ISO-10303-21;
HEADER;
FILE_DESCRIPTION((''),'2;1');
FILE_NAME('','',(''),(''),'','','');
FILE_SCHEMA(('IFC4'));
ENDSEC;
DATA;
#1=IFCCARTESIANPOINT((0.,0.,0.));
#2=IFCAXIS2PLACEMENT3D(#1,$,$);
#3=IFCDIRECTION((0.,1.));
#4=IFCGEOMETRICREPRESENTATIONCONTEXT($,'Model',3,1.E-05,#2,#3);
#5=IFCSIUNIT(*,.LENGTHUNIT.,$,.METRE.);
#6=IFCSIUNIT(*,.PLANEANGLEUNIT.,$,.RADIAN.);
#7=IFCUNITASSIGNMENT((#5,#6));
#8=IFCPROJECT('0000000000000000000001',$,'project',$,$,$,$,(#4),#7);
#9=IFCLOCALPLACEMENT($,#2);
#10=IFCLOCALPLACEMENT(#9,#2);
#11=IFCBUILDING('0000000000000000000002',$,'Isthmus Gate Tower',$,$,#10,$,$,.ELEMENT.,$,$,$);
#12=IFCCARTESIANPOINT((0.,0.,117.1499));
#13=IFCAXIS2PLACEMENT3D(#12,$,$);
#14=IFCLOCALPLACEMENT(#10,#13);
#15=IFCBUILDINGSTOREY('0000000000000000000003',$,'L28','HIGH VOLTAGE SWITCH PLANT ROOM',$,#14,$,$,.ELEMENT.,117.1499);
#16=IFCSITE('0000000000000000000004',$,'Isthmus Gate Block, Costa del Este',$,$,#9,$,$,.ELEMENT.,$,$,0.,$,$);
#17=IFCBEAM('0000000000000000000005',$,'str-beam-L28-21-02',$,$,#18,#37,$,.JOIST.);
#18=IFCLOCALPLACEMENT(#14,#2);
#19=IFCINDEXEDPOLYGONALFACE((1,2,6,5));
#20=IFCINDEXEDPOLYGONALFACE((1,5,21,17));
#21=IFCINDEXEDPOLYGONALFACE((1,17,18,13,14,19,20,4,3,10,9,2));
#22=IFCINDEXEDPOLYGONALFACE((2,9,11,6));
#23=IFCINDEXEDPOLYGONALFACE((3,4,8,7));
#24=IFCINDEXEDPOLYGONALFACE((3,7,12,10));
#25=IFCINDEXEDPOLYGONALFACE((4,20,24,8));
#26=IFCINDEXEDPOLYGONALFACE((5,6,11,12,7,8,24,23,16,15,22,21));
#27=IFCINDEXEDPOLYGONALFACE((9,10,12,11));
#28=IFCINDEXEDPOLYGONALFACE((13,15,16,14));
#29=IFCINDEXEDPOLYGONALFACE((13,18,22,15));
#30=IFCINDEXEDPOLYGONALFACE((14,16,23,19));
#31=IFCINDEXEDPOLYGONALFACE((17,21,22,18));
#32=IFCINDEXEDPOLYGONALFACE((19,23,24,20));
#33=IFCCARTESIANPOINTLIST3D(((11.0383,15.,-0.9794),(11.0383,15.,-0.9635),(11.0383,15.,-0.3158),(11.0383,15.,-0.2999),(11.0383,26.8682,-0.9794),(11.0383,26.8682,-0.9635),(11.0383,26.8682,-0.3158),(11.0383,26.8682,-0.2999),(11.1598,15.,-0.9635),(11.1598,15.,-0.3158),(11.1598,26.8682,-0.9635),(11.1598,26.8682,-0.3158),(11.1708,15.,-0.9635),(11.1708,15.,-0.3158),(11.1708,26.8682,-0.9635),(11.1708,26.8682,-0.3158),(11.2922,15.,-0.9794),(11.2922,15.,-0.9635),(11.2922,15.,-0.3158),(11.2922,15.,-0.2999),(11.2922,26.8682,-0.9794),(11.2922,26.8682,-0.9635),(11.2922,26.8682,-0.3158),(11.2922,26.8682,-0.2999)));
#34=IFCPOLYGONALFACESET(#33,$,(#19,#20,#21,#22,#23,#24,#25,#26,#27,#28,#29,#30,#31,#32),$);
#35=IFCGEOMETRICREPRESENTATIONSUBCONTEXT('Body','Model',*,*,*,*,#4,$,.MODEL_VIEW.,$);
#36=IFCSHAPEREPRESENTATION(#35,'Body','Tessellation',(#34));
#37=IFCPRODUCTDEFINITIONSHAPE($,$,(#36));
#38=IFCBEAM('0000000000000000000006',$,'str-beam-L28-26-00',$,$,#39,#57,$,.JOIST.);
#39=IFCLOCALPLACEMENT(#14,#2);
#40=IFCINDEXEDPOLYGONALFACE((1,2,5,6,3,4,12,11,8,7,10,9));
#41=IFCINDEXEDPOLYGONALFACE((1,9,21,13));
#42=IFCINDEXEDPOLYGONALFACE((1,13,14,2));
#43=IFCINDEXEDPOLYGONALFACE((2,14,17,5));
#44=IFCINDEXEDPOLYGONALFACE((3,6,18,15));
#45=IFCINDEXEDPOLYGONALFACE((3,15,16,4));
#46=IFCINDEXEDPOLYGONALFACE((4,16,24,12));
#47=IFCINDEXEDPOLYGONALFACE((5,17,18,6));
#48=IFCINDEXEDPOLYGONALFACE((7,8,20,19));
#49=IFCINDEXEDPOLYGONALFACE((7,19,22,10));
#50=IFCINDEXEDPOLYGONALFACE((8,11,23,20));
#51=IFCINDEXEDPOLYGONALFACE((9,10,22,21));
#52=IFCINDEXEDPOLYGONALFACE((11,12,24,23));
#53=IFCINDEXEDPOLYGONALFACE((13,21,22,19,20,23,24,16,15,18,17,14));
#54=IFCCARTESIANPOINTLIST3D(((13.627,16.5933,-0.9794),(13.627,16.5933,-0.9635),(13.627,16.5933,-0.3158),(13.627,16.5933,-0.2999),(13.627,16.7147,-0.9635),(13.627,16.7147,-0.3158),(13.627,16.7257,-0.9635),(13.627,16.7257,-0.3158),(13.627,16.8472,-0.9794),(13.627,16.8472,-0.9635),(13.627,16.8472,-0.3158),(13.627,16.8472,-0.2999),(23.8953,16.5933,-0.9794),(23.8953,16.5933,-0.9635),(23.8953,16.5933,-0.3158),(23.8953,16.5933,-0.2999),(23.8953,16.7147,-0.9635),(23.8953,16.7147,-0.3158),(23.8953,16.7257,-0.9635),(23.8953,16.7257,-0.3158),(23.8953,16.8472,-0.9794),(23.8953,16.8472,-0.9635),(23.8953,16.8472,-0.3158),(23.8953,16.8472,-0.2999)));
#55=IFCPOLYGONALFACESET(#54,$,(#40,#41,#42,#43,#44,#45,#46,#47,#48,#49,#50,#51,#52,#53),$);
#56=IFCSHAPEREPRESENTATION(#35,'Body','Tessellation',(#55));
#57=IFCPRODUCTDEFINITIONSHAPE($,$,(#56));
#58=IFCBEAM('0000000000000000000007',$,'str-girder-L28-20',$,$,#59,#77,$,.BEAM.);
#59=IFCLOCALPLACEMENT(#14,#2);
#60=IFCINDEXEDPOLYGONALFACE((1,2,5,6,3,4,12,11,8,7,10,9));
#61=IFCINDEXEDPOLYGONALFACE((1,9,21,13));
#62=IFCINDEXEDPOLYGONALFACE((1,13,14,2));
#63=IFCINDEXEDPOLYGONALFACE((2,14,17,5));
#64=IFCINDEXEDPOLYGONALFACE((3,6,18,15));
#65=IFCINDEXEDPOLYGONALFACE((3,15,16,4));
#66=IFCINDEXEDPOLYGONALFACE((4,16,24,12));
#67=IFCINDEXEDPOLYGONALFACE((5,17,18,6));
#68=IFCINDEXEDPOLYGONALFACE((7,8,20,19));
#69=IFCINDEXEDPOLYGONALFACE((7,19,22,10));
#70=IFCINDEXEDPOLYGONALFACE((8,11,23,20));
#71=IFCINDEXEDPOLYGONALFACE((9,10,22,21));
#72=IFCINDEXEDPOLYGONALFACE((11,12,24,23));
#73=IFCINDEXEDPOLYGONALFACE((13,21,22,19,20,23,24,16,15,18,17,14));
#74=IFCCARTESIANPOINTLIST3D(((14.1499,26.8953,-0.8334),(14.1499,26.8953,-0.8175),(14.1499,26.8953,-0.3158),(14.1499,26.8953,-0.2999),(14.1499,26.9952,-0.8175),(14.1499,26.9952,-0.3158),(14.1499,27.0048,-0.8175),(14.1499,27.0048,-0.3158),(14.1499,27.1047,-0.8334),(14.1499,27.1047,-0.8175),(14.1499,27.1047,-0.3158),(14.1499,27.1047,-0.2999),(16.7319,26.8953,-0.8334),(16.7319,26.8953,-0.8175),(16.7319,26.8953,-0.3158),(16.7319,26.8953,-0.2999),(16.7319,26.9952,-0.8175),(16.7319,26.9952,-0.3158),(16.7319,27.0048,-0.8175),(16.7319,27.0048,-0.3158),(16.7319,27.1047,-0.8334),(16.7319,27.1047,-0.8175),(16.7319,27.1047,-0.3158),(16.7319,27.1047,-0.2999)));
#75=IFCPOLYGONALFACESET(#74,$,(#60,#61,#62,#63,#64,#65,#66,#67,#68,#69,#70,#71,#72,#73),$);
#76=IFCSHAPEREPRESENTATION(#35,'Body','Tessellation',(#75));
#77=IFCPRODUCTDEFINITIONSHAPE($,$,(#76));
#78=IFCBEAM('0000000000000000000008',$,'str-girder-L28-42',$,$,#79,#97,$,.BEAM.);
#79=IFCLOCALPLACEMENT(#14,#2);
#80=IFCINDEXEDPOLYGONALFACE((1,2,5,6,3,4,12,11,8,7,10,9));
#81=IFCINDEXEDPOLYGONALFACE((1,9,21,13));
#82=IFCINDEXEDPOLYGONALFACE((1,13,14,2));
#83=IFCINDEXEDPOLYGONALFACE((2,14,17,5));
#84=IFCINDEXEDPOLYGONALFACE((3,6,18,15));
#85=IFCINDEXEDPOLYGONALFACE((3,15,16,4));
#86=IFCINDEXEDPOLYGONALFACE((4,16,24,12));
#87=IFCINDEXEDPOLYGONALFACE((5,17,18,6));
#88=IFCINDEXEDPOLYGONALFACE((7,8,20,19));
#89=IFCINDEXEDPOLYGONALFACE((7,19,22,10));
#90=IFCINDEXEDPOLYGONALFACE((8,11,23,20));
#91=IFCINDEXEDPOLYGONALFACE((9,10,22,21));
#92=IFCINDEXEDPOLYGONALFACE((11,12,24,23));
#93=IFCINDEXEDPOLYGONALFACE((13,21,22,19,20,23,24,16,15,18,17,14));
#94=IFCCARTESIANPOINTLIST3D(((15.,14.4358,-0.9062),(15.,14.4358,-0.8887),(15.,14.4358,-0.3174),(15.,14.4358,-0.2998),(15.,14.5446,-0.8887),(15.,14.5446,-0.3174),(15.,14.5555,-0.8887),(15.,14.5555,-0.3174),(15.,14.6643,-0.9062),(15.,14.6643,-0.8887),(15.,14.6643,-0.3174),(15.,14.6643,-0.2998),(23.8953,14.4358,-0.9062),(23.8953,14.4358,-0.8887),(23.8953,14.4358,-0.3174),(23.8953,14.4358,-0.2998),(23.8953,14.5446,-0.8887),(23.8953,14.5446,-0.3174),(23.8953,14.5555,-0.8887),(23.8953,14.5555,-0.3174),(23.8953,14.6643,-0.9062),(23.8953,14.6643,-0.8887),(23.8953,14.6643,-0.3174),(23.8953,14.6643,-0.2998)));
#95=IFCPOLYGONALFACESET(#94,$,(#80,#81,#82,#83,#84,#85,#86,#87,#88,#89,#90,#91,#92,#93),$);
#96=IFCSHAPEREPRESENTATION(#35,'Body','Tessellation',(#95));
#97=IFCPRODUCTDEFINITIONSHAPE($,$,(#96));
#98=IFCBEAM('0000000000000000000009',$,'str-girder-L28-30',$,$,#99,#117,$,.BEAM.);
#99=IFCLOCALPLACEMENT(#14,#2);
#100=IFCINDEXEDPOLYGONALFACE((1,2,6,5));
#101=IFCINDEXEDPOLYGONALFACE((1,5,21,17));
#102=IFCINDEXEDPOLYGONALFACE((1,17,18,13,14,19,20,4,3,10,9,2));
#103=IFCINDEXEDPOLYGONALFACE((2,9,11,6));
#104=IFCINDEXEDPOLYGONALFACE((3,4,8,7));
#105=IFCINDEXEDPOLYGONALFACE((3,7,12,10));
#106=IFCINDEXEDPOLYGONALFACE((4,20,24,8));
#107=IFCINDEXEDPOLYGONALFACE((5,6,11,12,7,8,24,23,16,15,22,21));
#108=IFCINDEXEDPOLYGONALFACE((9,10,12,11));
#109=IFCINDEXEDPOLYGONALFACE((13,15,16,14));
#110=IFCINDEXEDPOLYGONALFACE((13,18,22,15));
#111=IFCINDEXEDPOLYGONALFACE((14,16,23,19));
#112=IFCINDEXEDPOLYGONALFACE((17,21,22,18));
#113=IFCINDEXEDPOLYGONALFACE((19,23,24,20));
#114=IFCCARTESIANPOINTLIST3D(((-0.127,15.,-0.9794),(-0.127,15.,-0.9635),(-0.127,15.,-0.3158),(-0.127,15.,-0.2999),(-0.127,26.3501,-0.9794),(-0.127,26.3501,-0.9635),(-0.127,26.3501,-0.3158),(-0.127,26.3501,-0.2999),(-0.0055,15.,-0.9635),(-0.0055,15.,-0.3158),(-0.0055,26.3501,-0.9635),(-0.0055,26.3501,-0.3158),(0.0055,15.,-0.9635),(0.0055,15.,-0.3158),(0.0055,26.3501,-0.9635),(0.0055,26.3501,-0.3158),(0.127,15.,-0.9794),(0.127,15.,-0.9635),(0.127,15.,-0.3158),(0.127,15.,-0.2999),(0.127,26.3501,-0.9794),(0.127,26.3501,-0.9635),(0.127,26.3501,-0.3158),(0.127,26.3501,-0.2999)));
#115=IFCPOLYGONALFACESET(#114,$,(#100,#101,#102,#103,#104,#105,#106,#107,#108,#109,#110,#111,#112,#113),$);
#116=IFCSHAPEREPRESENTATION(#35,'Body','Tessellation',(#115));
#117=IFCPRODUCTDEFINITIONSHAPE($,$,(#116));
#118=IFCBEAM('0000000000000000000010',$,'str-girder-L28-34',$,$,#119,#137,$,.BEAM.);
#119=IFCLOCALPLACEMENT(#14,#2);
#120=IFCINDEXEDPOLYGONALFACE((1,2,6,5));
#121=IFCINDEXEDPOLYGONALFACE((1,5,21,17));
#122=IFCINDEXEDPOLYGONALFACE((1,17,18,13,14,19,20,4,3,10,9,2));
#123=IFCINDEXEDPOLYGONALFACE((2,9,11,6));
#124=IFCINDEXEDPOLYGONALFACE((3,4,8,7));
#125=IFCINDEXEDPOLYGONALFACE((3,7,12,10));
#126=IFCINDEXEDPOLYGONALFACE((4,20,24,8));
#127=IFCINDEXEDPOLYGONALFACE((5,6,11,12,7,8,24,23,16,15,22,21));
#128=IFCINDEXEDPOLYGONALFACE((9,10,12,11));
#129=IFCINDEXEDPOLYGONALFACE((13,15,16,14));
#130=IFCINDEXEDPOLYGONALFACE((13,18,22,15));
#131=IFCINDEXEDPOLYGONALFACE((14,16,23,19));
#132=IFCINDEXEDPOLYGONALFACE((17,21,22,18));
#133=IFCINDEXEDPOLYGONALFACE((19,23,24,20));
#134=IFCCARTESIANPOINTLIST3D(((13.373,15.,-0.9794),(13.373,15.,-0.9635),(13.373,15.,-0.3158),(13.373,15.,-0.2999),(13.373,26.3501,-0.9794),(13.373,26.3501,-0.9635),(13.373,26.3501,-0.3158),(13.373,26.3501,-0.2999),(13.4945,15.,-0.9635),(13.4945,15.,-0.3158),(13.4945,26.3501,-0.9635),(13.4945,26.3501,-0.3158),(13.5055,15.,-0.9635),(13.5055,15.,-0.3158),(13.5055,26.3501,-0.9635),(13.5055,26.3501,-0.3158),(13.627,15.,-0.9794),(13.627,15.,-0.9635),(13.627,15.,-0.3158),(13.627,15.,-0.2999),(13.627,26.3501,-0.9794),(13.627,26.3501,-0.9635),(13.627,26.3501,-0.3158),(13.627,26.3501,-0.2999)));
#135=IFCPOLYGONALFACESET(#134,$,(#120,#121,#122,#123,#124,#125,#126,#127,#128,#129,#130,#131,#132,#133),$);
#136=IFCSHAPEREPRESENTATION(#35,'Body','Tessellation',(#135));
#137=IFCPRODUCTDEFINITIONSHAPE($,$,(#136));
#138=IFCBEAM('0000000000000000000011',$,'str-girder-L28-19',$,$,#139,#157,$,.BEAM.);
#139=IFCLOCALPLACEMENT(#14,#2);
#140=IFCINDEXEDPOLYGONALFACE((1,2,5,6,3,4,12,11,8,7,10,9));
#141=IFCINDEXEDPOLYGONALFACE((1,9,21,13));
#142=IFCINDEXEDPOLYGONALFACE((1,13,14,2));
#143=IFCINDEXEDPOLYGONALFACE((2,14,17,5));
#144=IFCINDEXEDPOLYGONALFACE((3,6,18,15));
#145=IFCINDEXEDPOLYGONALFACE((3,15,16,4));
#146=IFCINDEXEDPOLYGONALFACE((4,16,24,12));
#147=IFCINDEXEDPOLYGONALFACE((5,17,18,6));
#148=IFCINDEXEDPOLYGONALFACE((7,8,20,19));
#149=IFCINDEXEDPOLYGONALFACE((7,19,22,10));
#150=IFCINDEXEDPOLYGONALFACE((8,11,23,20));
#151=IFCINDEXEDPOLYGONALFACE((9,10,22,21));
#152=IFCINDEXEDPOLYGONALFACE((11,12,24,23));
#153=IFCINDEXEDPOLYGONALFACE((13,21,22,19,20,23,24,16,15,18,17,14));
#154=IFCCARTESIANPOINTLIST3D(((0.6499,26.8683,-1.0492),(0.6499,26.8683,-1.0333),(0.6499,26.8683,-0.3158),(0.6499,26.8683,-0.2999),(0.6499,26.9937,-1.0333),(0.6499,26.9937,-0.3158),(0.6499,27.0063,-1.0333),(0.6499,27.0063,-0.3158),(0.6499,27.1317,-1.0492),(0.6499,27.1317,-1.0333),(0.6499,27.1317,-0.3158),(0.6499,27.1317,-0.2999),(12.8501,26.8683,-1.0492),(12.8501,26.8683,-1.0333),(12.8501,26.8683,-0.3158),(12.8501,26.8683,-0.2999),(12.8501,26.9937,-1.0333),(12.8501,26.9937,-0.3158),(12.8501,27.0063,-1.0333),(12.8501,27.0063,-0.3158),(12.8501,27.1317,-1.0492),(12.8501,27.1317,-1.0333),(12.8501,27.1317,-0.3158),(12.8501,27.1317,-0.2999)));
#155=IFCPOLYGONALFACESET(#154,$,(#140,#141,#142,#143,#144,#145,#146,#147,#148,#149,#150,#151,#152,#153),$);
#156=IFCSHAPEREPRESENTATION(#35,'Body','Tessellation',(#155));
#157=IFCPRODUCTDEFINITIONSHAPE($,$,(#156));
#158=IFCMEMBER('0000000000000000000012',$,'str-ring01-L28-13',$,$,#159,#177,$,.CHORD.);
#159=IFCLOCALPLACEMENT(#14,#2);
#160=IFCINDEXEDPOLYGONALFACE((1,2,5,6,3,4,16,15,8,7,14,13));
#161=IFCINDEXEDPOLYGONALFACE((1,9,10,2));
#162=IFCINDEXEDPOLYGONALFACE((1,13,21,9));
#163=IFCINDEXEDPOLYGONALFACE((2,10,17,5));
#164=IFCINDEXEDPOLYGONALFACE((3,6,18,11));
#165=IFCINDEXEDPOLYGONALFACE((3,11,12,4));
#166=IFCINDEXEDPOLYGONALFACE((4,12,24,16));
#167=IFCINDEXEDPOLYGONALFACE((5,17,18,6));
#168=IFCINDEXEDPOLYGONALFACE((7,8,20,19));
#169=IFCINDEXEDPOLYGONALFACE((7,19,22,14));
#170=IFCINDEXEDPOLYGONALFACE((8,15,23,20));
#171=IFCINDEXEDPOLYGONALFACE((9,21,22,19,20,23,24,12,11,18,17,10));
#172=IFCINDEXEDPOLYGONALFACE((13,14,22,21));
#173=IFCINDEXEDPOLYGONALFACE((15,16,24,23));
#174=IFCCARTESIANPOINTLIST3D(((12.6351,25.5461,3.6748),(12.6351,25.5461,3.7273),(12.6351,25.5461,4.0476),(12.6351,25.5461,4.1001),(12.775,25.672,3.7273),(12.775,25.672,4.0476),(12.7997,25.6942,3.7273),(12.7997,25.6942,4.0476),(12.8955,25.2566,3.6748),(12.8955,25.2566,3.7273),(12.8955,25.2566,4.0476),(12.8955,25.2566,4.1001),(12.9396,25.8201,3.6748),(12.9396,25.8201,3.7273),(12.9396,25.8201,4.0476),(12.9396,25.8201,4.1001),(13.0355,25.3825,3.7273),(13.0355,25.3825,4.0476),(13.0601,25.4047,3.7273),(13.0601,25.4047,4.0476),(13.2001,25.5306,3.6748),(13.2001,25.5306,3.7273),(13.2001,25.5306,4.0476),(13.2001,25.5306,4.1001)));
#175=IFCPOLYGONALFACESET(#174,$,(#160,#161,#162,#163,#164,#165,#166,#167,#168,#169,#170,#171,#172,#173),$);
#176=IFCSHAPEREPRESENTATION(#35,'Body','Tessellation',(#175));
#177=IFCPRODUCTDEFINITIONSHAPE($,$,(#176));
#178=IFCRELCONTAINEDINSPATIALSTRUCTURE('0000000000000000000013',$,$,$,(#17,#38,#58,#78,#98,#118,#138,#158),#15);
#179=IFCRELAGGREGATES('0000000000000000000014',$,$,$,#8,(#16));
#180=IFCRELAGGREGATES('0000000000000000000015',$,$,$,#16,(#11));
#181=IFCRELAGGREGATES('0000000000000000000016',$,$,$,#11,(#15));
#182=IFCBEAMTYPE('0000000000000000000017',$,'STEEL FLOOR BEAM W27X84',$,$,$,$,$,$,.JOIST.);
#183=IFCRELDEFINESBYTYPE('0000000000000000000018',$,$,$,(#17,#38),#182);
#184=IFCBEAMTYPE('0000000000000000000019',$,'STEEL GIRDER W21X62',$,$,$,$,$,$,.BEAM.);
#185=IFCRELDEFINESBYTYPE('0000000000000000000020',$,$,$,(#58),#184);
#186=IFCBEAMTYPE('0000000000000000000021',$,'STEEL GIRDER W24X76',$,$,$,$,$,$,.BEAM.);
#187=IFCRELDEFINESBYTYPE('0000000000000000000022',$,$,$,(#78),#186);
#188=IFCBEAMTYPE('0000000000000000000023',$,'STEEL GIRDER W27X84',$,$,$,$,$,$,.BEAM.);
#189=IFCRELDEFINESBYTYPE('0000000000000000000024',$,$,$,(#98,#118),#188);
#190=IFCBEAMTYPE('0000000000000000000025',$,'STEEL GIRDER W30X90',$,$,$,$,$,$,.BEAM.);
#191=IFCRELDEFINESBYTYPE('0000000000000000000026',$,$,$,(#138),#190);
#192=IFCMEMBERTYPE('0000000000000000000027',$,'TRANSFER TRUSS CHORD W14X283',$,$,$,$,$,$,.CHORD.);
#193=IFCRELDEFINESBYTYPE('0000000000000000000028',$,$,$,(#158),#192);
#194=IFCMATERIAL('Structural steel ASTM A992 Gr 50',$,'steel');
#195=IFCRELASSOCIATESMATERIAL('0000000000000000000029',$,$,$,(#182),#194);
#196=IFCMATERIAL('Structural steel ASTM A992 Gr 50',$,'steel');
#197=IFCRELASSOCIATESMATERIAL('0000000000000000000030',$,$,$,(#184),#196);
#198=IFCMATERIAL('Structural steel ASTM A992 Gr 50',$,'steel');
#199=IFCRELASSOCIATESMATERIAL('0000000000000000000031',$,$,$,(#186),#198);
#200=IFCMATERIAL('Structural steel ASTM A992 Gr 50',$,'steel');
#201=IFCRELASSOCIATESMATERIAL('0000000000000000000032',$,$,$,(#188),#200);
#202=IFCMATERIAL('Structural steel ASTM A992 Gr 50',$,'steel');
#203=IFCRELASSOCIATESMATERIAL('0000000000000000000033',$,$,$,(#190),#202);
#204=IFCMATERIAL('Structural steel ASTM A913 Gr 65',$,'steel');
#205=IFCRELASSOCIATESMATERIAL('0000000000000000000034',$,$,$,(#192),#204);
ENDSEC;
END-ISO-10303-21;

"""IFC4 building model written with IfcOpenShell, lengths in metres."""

from ifc_helpers import new_model, si_unit, direction, frame, origin, origin_2d, place, context, subcontext, project, spatial, i_section, extrude, material, material_profile, profile_set, type_object, element, save


model = new_model("IFC4")

# Units and contexts
model_context = context("Model", 3, precision=1e-05, world=origin(), true_north=direction((0.0, 1.0)))
body_context = subcontext(model_context, "Body", "Model", "MODEL_VIEW")
ifc_project = project(units=[si_unit("LENGTHUNIT", "METRE"), si_unit("PLANEANGLEUNIT", "RADIAN")], contexts=[model_context])

# Site, building, storey
site_placement = place(None, origin())
site = spatial("IfcSite", under=ifc_project, at=site_placement, Name="Isthmus Gate Block, Costa del Este", CompositionType="ELEMENT", RefElevation=0.0)
building_placement = place(site_placement, origin())
building = spatial("IfcBuilding", under=site, at=building_placement, Name="Isthmus Gate Tower", CompositionType="ELEMENT")
storey_placement = place(building_placement, frame((0.0, 0.0, 117.1499)))
storey = spatial("IfcBuildingStorey", under=building, at=storey_placement, Name="L28", Description="HIGH VOLTAGE SWITCH PLANT ROOM", CompositionType="ELEMENT", Elevation=117.1499)

# Beams
ifc_material_1 = material(Name="Structural steel ASTM A992 Gr 50", Category="steel")
ifc_material_profile_1 = material_profile(ifc_material_1, i_section(OverallWidth=0.2539, OverallDepth=0.6794, WebThickness=0.011, FlangeThickness=0.0159, at=origin_2d()), Name="W27X84")
ifc_profile_set_1 = profile_set([ifc_material_profile_1], Name="Structural steel ASTM A992 Gr 50")
beam_type_1 = type_object("IfcBeamType", Name="STEEL FLOOR BEAM W27X84", PredefinedType="JOIST", material=ifc_profile_set_1)
for number, where, z_axis, x_axis, name in (
    (1, (11.1653, 15.0, -0.6396), (0.0, 1.0, 0.0), (-1.0, 0.0, 0.0), "str-beam-L28-21-02"),
):
    element("IfcBeam", number, at=place(storey_placement, frame(where, z_axis=z_axis, x_axis=x_axis)), inside=storey, type_object=beam_type_1, Name=name, PredefinedType="JOIST", context=body_context, shape_type="SweptSolid", body=[
        extrude(i_section(OverallWidth=0.2539, OverallDepth=0.6794, WebThickness=0.011, FlangeThickness=0.0159, at=origin_2d()), origin(), (0.0, 0.0, 1.0), 11.8682),
    ])
beam_1_placement = place(storey_placement, frame((13.627, 16.7202, -0.6396), z_axis=(1.0, 0.0, 0.0), x_axis=(0.0, 1.0, 0.0)))
element("IfcBeam", 2, at=beam_1_placement, inside=storey, type_object=beam_type_1, Name="str-beam-L28-26-00", PredefinedType="JOIST", context=body_context, shape_type="SweptSolid", body=[
    extrude(i_section(OverallWidth=0.2539, OverallDepth=0.6794, WebThickness=0.011, FlangeThickness=0.0159, at=origin_2d()), origin(), (0.0, 0.0, 1.0), 10.2683),
])
ifc_material_2 = material(Name="Structural steel ASTM A992 Gr 50", Category="steel")
ifc_material_profile_2 = material_profile(ifc_material_2, i_section(OverallWidth=0.2095, OverallDepth=0.5334, WebThickness=0.0095, FlangeThickness=0.0159, at=origin_2d()), Name="W21X62")
ifc_profile_set_2 = profile_set([ifc_material_profile_2], Name="Structural steel ASTM A992 Gr 50")
beam_type_2 = type_object("IfcBeamType", Name="STEEL GIRDER W21X62", PredefinedType="BEAM", material=ifc_profile_set_2)
beam_2_placement = place(storey_placement, frame((14.1499, 27.0, -0.5667), z_axis=(1.0, 0.0, 0.0), x_axis=(0.0, 1.0, 0.0)))
element("IfcBeam", 3, at=beam_2_placement, inside=storey, type_object=beam_type_2, Name="str-girder-L28-20", PredefinedType="BEAM", context=body_context, shape_type="SweptSolid", body=[
    extrude(i_section(OverallWidth=0.2095, OverallDepth=0.5334, WebThickness=0.0095, FlangeThickness=0.0159, at=origin_2d()), origin(), (0.0, 0.0, 1.0), 2.582),
])
ifc_material_3 = material(Name="Structural steel ASTM A992 Gr 50", Category="steel")
ifc_material_profile_3 = material_profile(ifc_material_3, i_section(OverallWidth=0.2285, OverallDepth=0.6064, WebThickness=0.011, FlangeThickness=0.0176, at=origin_2d()), Name="W24X76")
ifc_profile_set_3 = profile_set([ifc_material_profile_3], Name="Structural steel ASTM A992 Gr 50")
beam_type_3 = type_object("IfcBeamType", Name="STEEL GIRDER W24X76", PredefinedType="BEAM", material=ifc_profile_set_3)
beam_3_placement = place(storey_placement, frame((15.0, 14.55, -0.603), z_axis=(1.0, 0.0, 0.0), x_axis=(0.0, 1.0, 0.0)))
element("IfcBeam", 4, at=beam_3_placement, inside=storey, type_object=beam_type_3, Name="str-girder-L28-42", PredefinedType="BEAM", context=body_context, shape_type="SweptSolid", body=[
    extrude(i_section(OverallWidth=0.2285, OverallDepth=0.6064, WebThickness=0.011, FlangeThickness=0.0176, at=origin_2d()), origin(), (0.0, 0.0, 1.0), 8.8953),
])
ifc_material_4 = material(Name="Structural steel ASTM A992 Gr 50", Category="steel")
ifc_material_profile_4 = material_profile(ifc_material_4, i_section(OverallWidth=0.2539, OverallDepth=0.6794, WebThickness=0.011, FlangeThickness=0.0159, at=origin_2d()), Name="W27X84")
ifc_profile_set_4 = profile_set([ifc_material_profile_4], Name="Structural steel ASTM A992 Gr 50")
beam_type_4 = type_object("IfcBeamType", Name="STEEL GIRDER W27X84", PredefinedType="BEAM", material=ifc_profile_set_4)
for number, where, z_axis, x_axis, name in (
    (5, (0.0, 15.0, -0.6396), (0.0, 1.0, 0.0), (-1.0, 0.0, 0.0), "str-girder-L28-30"),
    (6, (13.5, 15.0, -0.6396), (0.0, 1.0, 0.0), (-1.0, 0.0, 0.0), "str-girder-L28-34"),
):
    element("IfcBeam", number, at=place(storey_placement, frame(where, z_axis=z_axis, x_axis=x_axis)), inside=storey, type_object=beam_type_4, Name=name, PredefinedType="BEAM", context=body_context, shape_type="SweptSolid", body=[
        extrude(i_section(OverallWidth=0.2539, OverallDepth=0.6794, WebThickness=0.011, FlangeThickness=0.0159, at=origin_2d()), origin(), (0.0, 0.0, 1.0), 11.3501),
    ])
ifc_material_5 = material(Name="Structural steel ASTM A992 Gr 50", Category="steel")
ifc_material_profile_5 = material_profile(ifc_material_5, i_section(OverallWidth=0.2634, OverallDepth=0.7493, WebThickness=0.0127, FlangeThickness=0.0159, at=origin_2d()), Name="W30X90")
ifc_profile_set_5 = profile_set([ifc_material_profile_5], Name="Structural steel ASTM A992 Gr 50")
beam_type_5 = type_object("IfcBeamType", Name="STEEL GIRDER W30X90", PredefinedType="BEAM", material=ifc_profile_set_5)
beam_4_placement = place(storey_placement, frame((0.6499, 27.0, -0.6746), z_axis=(1.0, 0.0, 0.0), x_axis=(0.0, 1.0, 0.0)))
element("IfcBeam", 7, at=beam_4_placement, inside=storey, type_object=beam_type_5, Name="str-girder-L28-19", PredefinedType="BEAM", context=body_context, shape_type="SweptSolid", body=[
    extrude(i_section(OverallWidth=0.2634, OverallDepth=0.7493, WebThickness=0.0127, FlangeThickness=0.0159, at=origin_2d()), origin(), (0.0, 0.0, 1.0), 12.2002),
])

# Member
ifc_material_6 = material(Name="Structural steel ASTM A913 Gr 65", Category="steel")
ifc_material_profile_6 = material_profile(ifc_material_6, i_section(OverallWidth=0.4097, OverallDepth=0.4253, WebThickness=0.0332, FlangeThickness=0.0525, at=origin_2d()), Name="W14X283")
ifc_profile_set_6 = profile_set([ifc_material_profile_6], Name="Structural steel ASTM A913 Gr 65")
member_type_1 = type_object("IfcMemberType", Name="TRANSFER TRUSS CHORD W14X283", PredefinedType="CHORD", material=ifc_profile_set_6)
member_1_placement = place(storey_placement, frame((12.7874, 25.6831, 3.8875), z_axis=(0.668826, -0.743419, 0.0), x_axis=(0.743419, 0.668826, 0.0)))
element("IfcMember", 8, at=member_1_placement, inside=storey, type_object=member_type_1, Name="str-ring01-L28-13", PredefinedType="CHORD", context=body_context, shape_type="SweptSolid", body=[
    extrude(i_section(OverallWidth=0.4097, OverallDepth=0.4253, WebThickness=0.0332, FlangeThickness=0.0525, at=origin_2d()), origin(), (0.0, 0.0, 1.0), 0.3894),
])

save(model, "model.ifc")
